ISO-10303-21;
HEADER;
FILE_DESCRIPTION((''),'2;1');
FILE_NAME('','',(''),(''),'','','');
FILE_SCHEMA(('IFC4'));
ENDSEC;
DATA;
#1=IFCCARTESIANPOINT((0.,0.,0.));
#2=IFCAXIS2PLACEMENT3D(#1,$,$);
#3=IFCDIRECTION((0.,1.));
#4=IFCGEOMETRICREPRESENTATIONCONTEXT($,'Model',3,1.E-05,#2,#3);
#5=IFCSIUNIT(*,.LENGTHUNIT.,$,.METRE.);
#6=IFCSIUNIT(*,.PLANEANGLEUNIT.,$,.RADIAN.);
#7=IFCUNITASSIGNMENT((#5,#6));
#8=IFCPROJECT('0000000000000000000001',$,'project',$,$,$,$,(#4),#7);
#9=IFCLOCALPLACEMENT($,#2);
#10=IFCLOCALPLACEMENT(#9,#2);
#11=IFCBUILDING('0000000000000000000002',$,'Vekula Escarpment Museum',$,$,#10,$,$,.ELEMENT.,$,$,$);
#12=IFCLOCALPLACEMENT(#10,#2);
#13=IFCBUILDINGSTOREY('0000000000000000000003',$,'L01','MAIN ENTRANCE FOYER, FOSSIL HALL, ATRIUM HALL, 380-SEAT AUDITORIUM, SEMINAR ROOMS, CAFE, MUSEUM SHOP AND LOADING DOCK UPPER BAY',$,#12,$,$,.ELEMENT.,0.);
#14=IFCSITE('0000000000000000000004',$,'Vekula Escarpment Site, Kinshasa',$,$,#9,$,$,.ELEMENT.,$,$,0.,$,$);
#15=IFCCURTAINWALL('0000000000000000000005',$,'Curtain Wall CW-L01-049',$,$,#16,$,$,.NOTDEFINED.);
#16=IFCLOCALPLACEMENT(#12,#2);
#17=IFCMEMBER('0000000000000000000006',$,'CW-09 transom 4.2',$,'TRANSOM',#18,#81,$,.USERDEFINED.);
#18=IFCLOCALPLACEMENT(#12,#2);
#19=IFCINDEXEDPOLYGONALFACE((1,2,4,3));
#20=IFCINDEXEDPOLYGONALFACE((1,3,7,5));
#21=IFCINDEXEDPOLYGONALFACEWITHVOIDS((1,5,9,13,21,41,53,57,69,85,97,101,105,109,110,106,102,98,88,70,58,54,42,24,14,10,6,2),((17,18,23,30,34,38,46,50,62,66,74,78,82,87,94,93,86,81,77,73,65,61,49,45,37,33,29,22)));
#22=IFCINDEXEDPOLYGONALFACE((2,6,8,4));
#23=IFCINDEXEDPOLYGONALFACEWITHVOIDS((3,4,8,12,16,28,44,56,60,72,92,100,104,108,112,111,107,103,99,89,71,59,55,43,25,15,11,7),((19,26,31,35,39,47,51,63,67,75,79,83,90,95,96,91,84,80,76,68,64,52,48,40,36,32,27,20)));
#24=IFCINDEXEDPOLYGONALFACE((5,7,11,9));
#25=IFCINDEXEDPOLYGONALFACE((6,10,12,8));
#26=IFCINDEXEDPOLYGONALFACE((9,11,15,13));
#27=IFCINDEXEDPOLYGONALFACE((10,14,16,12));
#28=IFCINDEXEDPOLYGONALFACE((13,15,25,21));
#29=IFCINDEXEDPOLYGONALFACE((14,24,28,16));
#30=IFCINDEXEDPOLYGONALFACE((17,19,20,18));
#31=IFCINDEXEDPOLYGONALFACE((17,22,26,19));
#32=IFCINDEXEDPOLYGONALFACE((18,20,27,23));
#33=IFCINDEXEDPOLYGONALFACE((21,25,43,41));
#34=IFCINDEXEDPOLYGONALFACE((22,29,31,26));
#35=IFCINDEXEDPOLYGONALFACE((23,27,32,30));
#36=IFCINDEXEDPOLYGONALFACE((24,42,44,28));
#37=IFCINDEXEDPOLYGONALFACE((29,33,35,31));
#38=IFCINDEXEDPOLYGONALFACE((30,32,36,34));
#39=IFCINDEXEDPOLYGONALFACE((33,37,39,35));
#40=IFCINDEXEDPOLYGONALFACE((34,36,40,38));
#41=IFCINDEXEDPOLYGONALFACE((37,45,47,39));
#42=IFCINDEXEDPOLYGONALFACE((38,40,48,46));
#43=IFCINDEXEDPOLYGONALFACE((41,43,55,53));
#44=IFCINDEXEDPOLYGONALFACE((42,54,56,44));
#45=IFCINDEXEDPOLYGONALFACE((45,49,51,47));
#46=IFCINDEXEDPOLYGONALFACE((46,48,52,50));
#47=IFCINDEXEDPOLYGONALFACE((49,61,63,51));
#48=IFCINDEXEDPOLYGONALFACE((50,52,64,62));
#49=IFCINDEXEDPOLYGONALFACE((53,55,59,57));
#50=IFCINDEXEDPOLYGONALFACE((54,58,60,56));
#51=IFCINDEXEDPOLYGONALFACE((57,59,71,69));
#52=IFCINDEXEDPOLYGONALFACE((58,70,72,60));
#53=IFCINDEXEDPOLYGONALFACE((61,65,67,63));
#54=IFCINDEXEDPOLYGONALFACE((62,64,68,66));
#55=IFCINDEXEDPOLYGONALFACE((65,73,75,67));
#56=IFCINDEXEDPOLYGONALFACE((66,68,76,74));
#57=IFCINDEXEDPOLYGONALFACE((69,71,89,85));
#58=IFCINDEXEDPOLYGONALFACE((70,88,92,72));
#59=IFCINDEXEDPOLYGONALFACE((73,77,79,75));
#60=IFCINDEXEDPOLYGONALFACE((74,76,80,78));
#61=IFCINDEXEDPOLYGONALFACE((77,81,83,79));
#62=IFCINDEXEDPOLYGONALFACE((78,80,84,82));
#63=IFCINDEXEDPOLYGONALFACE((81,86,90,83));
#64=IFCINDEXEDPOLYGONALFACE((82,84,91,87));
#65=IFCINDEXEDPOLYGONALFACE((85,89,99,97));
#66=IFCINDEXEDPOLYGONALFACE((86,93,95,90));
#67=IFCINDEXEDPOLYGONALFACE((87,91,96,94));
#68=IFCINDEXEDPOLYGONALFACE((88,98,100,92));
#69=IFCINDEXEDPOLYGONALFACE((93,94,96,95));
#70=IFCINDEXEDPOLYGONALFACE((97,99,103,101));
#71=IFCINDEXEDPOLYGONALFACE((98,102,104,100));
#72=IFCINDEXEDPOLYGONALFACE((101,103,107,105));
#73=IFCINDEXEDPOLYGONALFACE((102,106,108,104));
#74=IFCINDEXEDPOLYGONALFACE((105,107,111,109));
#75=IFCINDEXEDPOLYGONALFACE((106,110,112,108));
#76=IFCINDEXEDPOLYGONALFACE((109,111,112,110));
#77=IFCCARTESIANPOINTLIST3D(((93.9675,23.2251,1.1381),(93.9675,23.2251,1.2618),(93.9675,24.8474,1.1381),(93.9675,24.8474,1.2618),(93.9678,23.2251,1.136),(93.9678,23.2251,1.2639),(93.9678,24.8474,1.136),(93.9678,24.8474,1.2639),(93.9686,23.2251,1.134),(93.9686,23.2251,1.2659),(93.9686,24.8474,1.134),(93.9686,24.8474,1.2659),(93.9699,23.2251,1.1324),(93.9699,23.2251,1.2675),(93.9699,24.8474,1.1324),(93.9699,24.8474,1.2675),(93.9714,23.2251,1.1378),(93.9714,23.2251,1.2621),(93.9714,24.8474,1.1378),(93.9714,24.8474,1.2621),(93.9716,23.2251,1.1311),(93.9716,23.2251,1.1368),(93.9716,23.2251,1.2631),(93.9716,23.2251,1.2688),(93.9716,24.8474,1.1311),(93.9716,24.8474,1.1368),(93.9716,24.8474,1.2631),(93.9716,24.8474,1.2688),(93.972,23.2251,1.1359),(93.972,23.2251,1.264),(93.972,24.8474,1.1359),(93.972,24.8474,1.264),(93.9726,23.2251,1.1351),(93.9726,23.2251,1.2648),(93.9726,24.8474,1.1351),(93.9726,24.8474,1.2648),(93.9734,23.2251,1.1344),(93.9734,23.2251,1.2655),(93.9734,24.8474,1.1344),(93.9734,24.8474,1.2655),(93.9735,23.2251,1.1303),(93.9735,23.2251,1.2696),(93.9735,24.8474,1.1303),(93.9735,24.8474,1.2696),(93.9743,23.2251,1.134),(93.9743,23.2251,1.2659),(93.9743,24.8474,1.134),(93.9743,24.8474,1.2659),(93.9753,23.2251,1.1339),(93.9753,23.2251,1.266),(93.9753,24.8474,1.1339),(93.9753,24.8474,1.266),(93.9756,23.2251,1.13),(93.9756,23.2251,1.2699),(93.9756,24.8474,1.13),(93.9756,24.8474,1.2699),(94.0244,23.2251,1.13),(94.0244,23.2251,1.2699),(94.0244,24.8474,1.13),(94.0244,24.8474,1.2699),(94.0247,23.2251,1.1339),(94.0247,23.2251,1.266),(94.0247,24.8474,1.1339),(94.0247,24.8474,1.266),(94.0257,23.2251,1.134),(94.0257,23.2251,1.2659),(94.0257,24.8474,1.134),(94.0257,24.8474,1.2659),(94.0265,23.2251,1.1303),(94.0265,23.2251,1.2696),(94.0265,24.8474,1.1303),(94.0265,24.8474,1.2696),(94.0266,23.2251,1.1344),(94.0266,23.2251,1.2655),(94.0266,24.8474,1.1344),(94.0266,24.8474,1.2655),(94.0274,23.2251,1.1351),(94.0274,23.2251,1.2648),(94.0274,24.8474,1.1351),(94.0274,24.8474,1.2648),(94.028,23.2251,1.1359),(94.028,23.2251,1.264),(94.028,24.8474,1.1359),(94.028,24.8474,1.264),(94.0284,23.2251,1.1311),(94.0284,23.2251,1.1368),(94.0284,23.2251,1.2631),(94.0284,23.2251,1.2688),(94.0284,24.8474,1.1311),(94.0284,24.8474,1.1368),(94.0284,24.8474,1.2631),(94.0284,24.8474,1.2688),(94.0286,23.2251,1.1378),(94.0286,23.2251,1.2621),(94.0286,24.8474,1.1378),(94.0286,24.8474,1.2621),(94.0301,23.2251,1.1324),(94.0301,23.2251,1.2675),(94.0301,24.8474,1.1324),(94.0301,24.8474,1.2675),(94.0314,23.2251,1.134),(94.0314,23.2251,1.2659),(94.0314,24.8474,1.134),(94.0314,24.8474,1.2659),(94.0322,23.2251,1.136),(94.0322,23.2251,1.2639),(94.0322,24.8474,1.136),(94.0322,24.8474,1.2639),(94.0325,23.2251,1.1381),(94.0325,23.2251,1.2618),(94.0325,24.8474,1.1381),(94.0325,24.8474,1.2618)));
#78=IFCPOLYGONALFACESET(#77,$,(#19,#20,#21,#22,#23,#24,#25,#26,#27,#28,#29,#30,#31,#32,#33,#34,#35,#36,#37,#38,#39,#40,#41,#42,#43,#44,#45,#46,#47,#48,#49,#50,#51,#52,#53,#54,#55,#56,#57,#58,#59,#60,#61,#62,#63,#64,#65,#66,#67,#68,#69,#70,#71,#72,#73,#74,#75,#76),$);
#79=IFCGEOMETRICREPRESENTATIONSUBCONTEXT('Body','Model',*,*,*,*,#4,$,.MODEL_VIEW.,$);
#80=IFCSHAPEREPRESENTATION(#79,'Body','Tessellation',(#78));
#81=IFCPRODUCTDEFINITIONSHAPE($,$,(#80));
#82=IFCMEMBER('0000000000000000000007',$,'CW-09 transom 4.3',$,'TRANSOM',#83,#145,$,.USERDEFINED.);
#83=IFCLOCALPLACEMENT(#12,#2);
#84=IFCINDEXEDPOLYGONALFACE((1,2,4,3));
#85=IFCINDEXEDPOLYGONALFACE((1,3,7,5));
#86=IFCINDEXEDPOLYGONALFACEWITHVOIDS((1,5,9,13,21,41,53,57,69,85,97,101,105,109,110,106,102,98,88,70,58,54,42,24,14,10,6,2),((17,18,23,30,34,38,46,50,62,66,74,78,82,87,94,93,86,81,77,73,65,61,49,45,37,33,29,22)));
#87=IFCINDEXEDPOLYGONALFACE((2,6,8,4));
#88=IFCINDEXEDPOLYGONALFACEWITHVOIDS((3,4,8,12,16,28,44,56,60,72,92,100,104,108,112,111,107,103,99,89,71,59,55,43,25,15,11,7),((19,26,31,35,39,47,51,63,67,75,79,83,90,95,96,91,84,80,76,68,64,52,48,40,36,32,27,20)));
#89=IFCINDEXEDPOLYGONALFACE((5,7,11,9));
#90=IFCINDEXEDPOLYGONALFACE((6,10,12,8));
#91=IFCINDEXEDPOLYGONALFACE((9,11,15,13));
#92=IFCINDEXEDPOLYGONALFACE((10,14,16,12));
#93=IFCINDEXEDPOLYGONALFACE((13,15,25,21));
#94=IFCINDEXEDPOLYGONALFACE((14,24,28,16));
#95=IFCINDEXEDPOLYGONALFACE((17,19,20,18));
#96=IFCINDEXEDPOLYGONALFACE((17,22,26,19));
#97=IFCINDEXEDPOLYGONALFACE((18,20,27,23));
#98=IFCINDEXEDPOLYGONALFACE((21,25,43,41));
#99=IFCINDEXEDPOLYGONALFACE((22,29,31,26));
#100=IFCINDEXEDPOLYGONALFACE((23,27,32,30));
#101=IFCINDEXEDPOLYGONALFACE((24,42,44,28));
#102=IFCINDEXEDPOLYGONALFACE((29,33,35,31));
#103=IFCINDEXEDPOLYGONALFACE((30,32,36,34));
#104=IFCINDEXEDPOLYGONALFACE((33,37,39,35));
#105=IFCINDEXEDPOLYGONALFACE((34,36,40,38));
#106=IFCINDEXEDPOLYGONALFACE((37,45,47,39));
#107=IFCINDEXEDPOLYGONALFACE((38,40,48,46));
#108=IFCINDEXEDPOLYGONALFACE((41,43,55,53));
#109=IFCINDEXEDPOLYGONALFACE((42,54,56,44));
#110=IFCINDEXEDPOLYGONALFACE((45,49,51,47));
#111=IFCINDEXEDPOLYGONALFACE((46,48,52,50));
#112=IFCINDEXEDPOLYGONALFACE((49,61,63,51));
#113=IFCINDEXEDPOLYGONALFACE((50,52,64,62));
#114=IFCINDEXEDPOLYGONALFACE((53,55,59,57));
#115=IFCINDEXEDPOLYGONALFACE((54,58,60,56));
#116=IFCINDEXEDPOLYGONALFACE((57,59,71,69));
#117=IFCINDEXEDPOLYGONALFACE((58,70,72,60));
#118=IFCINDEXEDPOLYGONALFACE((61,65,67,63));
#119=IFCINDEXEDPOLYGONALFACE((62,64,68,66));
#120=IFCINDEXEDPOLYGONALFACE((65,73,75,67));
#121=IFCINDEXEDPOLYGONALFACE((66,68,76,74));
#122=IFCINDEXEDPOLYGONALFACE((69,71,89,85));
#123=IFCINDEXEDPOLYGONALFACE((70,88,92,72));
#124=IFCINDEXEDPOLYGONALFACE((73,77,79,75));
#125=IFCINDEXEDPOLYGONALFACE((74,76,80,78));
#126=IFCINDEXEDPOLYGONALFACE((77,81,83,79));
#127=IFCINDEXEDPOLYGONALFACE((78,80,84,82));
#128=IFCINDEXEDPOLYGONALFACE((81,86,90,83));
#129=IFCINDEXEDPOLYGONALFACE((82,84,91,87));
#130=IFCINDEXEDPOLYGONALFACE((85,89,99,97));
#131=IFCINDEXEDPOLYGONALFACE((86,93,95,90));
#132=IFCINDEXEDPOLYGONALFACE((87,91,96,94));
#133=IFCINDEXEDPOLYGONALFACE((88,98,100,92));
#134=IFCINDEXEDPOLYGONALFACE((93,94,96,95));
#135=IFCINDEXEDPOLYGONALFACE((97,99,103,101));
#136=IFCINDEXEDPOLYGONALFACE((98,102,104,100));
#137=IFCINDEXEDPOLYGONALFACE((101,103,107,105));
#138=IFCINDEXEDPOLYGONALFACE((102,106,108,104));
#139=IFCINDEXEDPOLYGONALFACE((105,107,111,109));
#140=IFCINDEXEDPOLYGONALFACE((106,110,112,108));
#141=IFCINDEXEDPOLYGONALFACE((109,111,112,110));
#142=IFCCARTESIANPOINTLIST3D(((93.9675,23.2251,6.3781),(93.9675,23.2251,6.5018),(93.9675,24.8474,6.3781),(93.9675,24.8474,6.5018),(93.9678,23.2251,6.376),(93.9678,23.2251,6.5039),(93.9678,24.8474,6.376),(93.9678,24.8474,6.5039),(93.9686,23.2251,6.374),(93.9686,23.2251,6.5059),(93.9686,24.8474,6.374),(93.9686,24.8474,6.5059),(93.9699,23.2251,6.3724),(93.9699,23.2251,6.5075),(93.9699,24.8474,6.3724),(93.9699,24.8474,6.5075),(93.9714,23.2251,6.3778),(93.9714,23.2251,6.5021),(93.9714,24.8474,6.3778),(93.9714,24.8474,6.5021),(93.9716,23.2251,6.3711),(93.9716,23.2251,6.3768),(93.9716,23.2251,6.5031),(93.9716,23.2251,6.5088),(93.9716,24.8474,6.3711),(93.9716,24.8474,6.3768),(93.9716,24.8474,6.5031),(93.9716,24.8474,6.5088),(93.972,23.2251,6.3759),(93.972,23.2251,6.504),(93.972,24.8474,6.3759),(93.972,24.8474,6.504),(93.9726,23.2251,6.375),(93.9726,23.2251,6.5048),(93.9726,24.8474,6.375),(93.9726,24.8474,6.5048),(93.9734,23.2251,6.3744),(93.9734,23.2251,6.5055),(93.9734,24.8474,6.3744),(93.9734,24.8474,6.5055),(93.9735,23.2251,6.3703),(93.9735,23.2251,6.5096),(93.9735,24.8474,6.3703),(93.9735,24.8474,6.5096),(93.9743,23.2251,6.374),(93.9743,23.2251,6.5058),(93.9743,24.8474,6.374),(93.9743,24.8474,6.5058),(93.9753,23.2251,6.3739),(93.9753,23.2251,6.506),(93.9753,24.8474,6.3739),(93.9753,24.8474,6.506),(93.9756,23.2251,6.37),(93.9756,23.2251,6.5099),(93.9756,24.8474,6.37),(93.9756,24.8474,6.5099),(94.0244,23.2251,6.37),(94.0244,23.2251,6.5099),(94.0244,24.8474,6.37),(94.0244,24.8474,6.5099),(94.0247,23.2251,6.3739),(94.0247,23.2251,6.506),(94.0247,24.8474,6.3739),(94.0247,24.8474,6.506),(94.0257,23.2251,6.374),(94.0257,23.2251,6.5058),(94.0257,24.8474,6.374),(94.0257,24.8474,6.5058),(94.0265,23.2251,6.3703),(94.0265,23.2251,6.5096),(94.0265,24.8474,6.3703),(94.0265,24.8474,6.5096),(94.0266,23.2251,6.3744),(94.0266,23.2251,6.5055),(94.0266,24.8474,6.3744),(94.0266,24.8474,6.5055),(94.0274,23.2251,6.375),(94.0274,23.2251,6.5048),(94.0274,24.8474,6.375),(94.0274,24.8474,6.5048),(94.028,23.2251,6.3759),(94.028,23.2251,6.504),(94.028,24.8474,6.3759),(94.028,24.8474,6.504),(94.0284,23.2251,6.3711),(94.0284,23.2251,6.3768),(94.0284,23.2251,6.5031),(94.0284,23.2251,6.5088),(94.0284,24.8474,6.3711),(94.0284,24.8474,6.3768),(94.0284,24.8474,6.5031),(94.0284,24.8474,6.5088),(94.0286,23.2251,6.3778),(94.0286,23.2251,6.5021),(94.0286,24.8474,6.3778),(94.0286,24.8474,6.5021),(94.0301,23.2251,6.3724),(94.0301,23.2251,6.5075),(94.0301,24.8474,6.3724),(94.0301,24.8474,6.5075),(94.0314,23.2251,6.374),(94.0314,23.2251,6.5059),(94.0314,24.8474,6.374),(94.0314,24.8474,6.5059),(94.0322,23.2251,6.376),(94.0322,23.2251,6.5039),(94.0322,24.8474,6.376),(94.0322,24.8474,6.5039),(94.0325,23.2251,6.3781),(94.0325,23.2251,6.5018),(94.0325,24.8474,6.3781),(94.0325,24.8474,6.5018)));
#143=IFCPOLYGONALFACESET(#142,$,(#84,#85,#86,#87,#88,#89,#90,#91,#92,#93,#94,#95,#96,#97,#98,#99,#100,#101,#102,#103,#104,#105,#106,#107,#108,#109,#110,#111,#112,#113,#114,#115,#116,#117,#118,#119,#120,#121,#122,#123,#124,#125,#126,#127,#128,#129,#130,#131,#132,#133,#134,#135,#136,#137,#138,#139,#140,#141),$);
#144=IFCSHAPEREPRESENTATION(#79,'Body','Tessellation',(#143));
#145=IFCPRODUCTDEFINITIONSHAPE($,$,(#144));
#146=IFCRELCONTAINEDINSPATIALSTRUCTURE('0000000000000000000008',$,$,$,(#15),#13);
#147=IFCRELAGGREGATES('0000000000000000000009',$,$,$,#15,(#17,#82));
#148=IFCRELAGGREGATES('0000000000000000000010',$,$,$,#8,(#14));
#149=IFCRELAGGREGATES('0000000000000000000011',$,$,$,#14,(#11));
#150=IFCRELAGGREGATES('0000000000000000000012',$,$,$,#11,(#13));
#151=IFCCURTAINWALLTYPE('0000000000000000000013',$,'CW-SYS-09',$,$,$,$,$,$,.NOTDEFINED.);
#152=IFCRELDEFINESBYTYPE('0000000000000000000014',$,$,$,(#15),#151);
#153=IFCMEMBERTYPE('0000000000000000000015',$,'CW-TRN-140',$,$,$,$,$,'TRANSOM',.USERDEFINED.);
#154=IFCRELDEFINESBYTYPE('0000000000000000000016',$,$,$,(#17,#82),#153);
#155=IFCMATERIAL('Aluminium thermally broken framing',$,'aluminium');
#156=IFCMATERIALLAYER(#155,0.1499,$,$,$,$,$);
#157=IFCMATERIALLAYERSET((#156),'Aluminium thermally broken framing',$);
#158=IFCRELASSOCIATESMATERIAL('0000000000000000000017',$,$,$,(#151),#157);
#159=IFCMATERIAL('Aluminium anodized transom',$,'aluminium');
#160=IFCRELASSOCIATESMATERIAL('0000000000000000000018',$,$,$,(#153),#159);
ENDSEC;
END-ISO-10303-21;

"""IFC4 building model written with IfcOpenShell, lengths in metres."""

from ifc_helpers import new_model, si_unit, direction, frame, origin, origin_2d, place, context, subcontext, project, spatial, hollow_rectangle, extrude, material, layer, layer_set, material_profile, profile_set, type_object, element, aggregate, save


model = new_model("IFC4")

# Units and contexts
model_context = context("Model", 3, precision=1e-05, world=origin(), true_north=direction((0.0, 1.0)))
body_context = subcontext(model_context, "Body", "Model", "MODEL_VIEW")
ifc_project = project(units=[si_unit("LENGTHUNIT", "METRE"), si_unit("PLANEANGLEUNIT", "RADIAN")], contexts=[model_context])

# Site, building, storey
site_placement = place(None, origin())
site = spatial("IfcSite", under=ifc_project, at=site_placement, Name="Vekula Escarpment Site, Kinshasa", CompositionType="ELEMENT", RefElevation=0.0)
building_placement = place(site_placement, origin())
building = spatial("IfcBuilding", under=site, at=building_placement, Name="Vekula Escarpment Museum", CompositionType="ELEMENT")
storey_placement = place(building_placement, origin())
storey = spatial("IfcBuildingStorey", under=building, at=storey_placement, Name="L01", Description="MAIN ENTRANCE FOYER, FOSSIL HALL, ATRIUM HALL, 380-SEAT AUDITORIUM, SEMINAR ROOMS, CAFE, MUSEUM SHOP AND LOADING DOCK UPPER BAY", CompositionType="ELEMENT", Elevation=0.0)

# Curtain wall, members
ifc_material_1 = material(Name="Aluminium thermally broken framing", Category="aluminium")
ifc_layer_1 = layer(ifc_material_1, 0.1499)
ifc_layer_set_1 = layer_set([ifc_layer_1], Name="Aluminium thermally broken framing")
curtain_wall_type = type_object("IfcCurtainWallType", Name="CW-SYS-09", PredefinedType="NOTDEFINED", material=ifc_layer_set_1)
curtain_wall_placement = place(storey_placement, origin())
curtain_wall = element("IfcCurtainWall", 1, at=curtain_wall_placement, inside=storey, type_object=curtain_wall_type, Name="Curtain Wall CW-L01-049", PredefinedType="NOTDEFINED")
ifc_material_2 = material(Name="Aluminium anodized transom", Category="aluminium")
ifc_material_profile_1 = material_profile(ifc_material_2, hollow_rectangle(XDim=0.0649, YDim=0.1399, WallThickness=0.0039, InnerFilletRadius=0.0039, OuterFilletRadius=0.0081, at=origin_2d()), Name="ALU 140x65x4")
ifc_profile_set_1 = profile_set([ifc_material_profile_1], Name="Aluminium anodized transom")
member_type_1 = type_object("IfcMemberType", Name="CW-TRN-140", ElementType="TRANSOM", PredefinedType="USERDEFINED", material=ifc_profile_set_1)
member_1_placement = place(storey_placement, frame((94.0, 24.8474, 1.2), z_axis=(0.0, -1.0, 0.0), x_axis=(1.0, 0.0, 0.0)))
member_1 = element("IfcMember", 2, at=member_1_placement, type_object=member_type_1, Name="CW-09 transom 4.2", ObjectType="TRANSOM", PredefinedType="USERDEFINED", context=body_context, shape_type="SweptSolid", body=[
    extrude(hollow_rectangle(XDim=0.0649, YDim=0.1399, WallThickness=0.0039, InnerFilletRadius=0.0039, OuterFilletRadius=0.0081, at=origin_2d()), origin(), (0.0, 0.0, 1.0), 1.6223),
])
member_2_placement = place(storey_placement, frame((94.0, 24.8474, 6.4399), z_axis=(0.0, -1.0, 0.0), x_axis=(1.0, 0.0, 0.0)))
member_2 = element("IfcMember", 3, at=member_2_placement, type_object=member_type_1, Name="CW-09 transom 4.3", ObjectType="TRANSOM", PredefinedType="USERDEFINED", context=body_context, shape_type="SweptSolid", body=[
    extrude(hollow_rectangle(XDim=0.0649, YDim=0.1399, WallThickness=0.0039, InnerFilletRadius=0.0039, OuterFilletRadius=0.0081, at=origin_2d()), origin(), (0.0, 0.0, 1.0), 1.6223),
])
aggregate(curtain_wall, [member_1, member_2])

save(model, "model.ifc")
